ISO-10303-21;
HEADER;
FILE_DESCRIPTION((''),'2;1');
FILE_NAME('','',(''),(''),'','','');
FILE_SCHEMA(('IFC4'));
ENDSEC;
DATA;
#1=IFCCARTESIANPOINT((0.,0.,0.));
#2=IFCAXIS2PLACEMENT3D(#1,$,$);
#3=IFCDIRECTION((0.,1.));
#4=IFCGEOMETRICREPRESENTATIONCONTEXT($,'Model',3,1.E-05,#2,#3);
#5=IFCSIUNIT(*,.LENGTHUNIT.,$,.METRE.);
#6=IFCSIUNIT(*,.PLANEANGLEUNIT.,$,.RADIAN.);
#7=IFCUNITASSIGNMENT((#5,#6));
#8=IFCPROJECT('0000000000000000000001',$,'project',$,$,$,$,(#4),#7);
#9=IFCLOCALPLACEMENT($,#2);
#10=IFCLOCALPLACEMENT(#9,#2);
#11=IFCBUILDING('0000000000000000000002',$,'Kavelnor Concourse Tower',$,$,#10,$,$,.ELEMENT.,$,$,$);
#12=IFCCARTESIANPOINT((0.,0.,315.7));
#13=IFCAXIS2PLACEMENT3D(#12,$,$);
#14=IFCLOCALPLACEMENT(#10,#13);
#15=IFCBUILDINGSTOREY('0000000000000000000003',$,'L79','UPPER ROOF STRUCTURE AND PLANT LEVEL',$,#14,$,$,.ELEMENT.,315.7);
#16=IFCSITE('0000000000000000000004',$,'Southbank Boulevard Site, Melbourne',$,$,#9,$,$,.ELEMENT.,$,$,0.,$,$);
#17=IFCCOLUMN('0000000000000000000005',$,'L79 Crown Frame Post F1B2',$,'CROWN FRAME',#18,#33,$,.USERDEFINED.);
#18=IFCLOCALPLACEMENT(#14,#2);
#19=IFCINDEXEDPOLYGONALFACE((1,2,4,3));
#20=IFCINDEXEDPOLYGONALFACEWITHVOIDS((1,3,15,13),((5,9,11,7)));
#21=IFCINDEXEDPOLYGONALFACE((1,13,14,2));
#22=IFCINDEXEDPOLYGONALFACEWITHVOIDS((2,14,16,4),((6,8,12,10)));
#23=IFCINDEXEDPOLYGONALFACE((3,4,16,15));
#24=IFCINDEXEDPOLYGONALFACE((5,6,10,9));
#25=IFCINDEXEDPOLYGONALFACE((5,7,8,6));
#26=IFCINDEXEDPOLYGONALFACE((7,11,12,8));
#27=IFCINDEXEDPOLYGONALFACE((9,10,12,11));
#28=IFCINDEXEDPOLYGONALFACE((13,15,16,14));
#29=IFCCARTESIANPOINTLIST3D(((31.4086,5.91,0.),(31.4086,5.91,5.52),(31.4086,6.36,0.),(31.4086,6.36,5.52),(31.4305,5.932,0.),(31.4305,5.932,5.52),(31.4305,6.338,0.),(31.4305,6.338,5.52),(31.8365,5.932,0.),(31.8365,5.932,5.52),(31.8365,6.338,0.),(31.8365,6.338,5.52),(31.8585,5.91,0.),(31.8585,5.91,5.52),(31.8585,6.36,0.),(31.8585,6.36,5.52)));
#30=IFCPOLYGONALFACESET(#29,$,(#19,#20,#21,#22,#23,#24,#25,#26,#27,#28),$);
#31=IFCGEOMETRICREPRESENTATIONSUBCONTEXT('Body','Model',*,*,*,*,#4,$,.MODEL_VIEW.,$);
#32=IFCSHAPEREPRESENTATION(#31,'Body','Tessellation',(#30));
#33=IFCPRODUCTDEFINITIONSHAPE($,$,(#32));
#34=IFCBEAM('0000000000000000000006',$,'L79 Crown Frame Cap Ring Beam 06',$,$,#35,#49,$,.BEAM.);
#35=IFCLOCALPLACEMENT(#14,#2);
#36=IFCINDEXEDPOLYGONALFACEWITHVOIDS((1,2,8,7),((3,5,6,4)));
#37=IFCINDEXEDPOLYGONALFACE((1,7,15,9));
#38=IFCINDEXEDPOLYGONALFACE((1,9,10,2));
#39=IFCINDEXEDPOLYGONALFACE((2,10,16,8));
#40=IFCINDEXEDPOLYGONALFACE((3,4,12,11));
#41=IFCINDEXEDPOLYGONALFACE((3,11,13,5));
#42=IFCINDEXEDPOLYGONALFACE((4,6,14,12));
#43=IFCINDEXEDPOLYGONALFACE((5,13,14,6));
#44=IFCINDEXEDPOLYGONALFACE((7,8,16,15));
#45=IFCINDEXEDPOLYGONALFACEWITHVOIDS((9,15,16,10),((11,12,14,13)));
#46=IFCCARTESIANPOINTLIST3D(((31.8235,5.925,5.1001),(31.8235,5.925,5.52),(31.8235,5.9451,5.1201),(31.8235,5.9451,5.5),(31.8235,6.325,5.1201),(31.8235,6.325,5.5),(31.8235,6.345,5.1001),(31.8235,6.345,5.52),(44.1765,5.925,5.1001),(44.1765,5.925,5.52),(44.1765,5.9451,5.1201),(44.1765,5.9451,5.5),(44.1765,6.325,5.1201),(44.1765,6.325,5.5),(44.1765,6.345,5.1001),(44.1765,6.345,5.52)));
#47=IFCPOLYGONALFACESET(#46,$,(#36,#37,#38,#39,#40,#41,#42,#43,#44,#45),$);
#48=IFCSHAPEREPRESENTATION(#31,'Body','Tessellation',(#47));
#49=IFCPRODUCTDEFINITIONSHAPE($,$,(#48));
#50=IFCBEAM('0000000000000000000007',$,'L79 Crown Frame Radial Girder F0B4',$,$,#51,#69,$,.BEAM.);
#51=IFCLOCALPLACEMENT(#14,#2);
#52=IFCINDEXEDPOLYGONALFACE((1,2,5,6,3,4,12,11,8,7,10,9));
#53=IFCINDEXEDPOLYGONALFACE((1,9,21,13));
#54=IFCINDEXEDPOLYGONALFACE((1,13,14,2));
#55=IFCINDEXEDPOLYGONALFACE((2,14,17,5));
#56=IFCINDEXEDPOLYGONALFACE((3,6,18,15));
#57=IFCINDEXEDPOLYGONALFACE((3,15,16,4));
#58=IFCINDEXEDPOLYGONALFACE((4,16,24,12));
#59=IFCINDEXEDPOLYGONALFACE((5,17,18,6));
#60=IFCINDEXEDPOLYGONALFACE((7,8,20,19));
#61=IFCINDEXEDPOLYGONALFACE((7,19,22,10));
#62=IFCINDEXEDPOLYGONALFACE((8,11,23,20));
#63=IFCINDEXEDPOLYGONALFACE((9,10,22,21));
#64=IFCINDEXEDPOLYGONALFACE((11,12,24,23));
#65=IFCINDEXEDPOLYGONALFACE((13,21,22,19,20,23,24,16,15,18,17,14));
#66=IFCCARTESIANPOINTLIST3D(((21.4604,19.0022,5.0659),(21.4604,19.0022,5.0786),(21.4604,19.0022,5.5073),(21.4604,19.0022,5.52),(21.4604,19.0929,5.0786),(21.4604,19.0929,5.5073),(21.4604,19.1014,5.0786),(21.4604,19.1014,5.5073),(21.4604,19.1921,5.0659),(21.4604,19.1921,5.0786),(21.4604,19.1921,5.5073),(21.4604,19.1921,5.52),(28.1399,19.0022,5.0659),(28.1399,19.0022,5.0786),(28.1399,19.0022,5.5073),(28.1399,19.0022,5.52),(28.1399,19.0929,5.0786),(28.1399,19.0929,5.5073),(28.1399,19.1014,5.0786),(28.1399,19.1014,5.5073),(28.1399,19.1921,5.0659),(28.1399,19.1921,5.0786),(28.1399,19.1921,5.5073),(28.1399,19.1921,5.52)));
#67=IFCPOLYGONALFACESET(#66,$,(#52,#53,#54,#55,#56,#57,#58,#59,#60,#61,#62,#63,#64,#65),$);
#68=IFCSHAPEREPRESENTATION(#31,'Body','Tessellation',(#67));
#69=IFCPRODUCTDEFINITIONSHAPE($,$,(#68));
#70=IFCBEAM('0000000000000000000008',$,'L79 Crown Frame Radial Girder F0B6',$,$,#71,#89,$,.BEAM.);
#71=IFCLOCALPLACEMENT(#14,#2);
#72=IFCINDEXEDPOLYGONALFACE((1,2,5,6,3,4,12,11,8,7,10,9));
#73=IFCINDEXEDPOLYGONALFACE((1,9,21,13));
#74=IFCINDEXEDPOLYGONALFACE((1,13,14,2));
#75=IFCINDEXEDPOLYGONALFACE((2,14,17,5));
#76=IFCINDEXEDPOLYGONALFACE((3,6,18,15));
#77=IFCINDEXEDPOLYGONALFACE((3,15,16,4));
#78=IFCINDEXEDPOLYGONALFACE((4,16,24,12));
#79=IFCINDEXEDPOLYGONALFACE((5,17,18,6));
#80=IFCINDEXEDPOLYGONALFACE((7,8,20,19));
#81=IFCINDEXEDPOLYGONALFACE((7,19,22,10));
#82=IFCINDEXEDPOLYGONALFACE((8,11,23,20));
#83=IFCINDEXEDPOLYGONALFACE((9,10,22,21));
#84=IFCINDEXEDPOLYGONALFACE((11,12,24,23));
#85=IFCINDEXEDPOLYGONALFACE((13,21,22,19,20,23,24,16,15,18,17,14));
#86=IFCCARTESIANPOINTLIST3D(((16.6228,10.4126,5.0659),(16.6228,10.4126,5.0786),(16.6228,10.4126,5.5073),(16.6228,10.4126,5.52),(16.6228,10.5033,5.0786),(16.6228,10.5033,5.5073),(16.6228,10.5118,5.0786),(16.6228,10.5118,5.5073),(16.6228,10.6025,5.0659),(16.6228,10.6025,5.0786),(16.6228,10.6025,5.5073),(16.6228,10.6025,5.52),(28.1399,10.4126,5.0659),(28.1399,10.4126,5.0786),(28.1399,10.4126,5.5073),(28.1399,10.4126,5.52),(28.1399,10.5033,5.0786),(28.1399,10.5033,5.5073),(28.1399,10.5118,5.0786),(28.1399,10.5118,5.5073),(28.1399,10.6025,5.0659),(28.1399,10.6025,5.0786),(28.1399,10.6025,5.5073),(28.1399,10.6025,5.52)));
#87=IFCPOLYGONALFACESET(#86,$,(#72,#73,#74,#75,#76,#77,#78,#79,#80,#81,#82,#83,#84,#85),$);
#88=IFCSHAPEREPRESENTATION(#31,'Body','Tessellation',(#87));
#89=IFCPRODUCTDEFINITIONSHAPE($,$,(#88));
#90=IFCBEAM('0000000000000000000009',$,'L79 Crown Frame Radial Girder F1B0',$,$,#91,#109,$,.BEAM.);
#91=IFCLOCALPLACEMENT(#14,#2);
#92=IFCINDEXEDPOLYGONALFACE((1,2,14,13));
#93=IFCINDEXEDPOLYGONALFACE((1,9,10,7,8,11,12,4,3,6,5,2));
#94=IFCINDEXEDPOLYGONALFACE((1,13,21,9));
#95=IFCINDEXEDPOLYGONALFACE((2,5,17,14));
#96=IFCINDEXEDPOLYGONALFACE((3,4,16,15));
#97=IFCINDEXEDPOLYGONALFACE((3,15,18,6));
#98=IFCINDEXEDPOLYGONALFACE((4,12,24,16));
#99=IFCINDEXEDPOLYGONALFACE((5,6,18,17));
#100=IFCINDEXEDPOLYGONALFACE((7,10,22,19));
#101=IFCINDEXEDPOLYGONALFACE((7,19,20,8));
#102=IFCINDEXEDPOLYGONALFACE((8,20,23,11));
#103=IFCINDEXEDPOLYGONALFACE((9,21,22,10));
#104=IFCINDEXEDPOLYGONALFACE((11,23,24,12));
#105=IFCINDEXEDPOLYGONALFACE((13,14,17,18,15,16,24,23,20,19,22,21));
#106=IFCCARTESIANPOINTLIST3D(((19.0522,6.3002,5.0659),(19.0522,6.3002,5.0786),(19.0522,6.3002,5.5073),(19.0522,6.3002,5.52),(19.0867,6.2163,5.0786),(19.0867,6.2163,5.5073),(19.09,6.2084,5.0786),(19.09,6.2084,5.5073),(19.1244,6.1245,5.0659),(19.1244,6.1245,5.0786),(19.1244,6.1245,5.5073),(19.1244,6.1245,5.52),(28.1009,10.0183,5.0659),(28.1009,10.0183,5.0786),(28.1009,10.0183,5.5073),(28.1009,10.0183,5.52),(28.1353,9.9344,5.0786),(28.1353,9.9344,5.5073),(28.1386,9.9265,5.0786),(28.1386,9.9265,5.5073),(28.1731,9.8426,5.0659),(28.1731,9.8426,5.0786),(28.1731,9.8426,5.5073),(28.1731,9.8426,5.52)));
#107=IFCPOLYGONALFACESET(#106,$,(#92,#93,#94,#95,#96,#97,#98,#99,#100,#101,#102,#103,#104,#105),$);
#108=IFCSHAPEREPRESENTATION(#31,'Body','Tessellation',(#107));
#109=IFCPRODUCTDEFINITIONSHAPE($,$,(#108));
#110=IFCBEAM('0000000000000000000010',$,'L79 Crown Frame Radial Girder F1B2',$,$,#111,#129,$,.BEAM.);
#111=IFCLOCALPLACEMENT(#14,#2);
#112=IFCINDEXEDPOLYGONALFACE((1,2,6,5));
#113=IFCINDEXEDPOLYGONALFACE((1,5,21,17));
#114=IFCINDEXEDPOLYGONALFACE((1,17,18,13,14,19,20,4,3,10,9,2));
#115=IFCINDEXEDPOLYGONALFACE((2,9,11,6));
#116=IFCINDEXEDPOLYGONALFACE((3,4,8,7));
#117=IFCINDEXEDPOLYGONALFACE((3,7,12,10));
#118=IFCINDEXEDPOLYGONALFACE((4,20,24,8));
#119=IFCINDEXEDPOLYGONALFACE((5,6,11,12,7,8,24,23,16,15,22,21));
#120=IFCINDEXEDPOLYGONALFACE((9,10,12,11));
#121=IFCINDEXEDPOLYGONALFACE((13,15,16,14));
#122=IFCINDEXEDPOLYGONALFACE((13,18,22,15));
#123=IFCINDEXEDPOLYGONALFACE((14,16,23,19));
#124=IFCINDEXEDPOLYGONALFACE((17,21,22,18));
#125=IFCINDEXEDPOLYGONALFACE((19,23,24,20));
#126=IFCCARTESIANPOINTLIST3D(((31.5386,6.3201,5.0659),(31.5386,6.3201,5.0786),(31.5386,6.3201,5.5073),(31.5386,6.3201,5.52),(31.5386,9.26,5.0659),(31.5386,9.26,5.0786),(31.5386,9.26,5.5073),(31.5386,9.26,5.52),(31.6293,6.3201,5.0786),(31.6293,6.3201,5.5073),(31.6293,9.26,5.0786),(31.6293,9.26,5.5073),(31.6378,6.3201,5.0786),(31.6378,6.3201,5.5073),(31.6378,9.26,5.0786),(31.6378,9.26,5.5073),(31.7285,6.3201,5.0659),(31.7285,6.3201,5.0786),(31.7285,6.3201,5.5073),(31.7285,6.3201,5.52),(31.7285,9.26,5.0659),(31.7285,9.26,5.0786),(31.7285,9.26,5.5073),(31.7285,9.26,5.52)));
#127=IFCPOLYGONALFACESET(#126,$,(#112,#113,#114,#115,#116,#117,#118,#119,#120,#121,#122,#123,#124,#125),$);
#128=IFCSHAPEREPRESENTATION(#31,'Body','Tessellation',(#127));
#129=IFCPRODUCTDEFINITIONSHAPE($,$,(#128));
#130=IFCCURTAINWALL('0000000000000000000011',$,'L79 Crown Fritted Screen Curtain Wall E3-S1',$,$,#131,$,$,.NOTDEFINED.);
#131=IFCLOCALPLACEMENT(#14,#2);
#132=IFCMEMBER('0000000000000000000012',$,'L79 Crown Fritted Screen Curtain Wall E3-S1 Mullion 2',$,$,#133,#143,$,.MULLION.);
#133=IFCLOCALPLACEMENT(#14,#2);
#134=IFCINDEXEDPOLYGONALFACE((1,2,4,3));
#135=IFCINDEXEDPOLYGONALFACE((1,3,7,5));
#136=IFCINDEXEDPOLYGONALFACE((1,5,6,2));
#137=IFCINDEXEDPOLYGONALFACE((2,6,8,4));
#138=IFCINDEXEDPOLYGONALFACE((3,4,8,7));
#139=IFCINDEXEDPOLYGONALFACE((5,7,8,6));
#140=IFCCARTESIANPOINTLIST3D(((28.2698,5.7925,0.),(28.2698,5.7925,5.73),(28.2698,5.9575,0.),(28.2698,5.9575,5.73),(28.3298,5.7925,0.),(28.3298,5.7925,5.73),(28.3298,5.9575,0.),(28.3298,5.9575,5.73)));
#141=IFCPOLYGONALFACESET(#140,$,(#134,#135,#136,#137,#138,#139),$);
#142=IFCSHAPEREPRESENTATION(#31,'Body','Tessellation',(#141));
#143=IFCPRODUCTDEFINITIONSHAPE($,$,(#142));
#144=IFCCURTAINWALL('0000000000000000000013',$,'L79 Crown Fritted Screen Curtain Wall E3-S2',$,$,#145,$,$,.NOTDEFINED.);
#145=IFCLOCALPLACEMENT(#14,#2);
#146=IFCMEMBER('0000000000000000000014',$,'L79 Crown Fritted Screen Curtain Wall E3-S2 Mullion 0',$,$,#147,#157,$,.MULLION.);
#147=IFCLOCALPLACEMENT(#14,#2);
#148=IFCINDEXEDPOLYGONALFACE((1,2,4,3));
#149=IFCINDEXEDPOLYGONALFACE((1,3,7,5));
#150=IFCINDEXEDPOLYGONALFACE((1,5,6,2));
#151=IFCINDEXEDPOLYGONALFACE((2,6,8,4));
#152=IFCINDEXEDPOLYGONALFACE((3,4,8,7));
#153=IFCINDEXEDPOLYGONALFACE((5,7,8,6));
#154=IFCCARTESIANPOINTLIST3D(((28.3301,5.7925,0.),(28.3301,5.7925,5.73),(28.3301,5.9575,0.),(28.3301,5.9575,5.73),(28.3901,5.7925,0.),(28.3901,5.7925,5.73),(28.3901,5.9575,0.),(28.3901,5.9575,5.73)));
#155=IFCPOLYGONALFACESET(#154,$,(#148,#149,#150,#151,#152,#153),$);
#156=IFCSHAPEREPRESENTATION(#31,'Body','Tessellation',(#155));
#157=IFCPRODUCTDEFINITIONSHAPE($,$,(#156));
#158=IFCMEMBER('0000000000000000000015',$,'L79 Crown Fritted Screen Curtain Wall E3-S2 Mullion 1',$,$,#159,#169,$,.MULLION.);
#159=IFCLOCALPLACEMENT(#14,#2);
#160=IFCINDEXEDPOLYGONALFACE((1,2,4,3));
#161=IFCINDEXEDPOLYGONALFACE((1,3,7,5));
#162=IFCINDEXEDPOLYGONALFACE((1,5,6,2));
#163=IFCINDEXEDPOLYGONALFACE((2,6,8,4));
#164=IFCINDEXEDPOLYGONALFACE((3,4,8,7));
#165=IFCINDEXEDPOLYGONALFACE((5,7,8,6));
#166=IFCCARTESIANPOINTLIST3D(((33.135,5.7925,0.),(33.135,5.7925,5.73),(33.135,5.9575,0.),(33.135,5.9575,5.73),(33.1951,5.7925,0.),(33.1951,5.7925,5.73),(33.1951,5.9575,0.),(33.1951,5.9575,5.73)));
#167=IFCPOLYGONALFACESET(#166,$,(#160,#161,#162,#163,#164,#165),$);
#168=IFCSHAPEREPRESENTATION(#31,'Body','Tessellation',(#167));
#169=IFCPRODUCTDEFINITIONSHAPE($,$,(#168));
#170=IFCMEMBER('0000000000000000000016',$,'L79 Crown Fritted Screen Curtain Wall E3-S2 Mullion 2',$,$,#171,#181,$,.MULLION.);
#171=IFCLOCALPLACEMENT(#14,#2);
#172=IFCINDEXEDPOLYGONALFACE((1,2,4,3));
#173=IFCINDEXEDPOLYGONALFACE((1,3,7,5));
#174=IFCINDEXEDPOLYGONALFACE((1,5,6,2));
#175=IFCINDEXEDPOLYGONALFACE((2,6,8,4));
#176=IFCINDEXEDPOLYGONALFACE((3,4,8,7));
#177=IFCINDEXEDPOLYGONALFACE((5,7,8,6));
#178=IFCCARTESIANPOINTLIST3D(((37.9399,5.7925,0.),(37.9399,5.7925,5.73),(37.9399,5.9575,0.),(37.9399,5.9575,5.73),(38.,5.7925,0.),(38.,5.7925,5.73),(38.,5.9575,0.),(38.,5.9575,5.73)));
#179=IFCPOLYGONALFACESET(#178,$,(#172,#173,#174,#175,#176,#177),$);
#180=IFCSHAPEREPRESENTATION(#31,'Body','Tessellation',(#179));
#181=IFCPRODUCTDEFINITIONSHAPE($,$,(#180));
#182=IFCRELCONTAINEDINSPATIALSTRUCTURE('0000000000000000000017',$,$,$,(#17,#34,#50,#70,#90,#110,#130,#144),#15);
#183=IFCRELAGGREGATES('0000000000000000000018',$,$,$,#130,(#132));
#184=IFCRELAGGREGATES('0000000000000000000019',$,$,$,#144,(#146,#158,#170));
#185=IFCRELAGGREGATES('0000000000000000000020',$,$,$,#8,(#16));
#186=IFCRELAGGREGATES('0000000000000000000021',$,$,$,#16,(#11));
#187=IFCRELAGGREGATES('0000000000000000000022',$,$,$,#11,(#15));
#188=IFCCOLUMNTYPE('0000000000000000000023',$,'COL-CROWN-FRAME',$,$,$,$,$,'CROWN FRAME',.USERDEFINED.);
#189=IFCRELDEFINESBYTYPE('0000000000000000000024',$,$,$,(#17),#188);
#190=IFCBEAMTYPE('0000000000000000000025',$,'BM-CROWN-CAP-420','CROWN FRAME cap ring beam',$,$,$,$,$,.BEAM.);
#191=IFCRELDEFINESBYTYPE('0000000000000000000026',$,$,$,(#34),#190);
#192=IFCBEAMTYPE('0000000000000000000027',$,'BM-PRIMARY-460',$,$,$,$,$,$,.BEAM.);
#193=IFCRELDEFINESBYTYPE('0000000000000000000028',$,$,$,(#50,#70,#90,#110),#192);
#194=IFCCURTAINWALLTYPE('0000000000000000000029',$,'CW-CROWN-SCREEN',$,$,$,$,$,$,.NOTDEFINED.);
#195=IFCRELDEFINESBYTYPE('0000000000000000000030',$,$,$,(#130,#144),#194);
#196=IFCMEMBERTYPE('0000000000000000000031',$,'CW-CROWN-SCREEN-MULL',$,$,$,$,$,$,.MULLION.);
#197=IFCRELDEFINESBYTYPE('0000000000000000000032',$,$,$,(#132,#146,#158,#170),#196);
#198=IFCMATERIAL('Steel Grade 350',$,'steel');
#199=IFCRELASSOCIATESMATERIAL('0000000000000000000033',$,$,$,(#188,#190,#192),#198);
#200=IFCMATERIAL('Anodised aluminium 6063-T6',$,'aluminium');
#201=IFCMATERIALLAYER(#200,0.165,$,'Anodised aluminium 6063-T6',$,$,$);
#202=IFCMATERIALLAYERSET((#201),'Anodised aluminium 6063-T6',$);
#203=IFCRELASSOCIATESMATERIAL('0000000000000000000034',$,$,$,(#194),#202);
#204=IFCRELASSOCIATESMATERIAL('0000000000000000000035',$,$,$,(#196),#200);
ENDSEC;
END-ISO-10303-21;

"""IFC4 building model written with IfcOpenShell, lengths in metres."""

from ifc_helpers import new_model, si_unit, direction, frame, origin, origin_2d, place, context, subcontext, project, spatial, rectangle, hollow_rectangle, i_section, extrude, material, layer, layer_set, material_profile, profile_set, type_object, element, aggregate, save


model = new_model("IFC4")

# Units and contexts
model_context = context("Model", 3, precision=1e-05, world=origin(), true_north=direction((0.0, 1.0)))
body_context = subcontext(model_context, "Body", "Model", "MODEL_VIEW")
ifc_project = project(units=[si_unit("LENGTHUNIT", "METRE"), si_unit("PLANEANGLEUNIT", "RADIAN")], contexts=[model_context])

# Site, building, storey
site_placement = place(None, origin())
site = spatial("IfcSite", under=ifc_project, at=site_placement, Name="Southbank Boulevard Site, Melbourne", CompositionType="ELEMENT", RefElevation=0.0)
building_placement = place(site_placement, origin())
building = spatial("IfcBuilding", under=site, at=building_placement, Name="Kavelnor Concourse Tower", CompositionType="ELEMENT")
storey_placement = place(building_placement, frame((0.0, 0.0, 315.7)))
storey = spatial("IfcBuildingStorey", under=building, at=storey_placement, Name="L79", Description="UPPER ROOF STRUCTURE AND PLANT LEVEL", CompositionType="ELEMENT", Elevation=315.7)

# Column
ifc_material_1 = material(Name="Steel Grade 350", Category="steel")
ifc_material_profile_1 = material_profile(ifc_material_1, hollow_rectangle(XDim=0.45, YDim=0.45, WallThickness=0.022, at=origin_2d()), Name="SHS 450x450x22")
ifc_profile_set_1 = profile_set([ifc_material_profile_1], Name="Steel Grade 350")
column_type = type_object("IfcColumnType", Name="COL-CROWN-FRAME", ElementType="CROWN FRAME", PredefinedType="USERDEFINED", material=ifc_profile_set_1)
column_placement = place(storey_placement, frame((31.6335, 6.135, 0.0), z_axis=(0.0, 0.0, 1.0), x_axis=(1.0, 0.0, 0.0)))
element("IfcColumn", 1, at=column_placement, inside=storey, type_object=column_type, Name="L79 Crown Frame Post F1B2", ObjectType="CROWN FRAME", PredefinedType="USERDEFINED", context=body_context, shape_type="SweptSolid", body=[
    extrude(hollow_rectangle(XDim=0.45, YDim=0.45, WallThickness=0.022, at=origin_2d()), origin(), (0.0, 0.0, 1.0), 5.52),
])

# Beams
ifc_material_profile_2 = material_profile(ifc_material_1, hollow_rectangle(XDim=0.4199, YDim=0.4199, WallThickness=0.02, at=origin_2d()), Name="RHS 420x420x20")
ifc_profile_set_2 = profile_set([ifc_material_profile_2], Name="Steel Grade 350")
beam_type_1 = type_object("IfcBeamType", Name="BM-CROWN-CAP-420", Description="CROWN FRAME cap ring beam", PredefinedType="BEAM", material=ifc_profile_set_2)
beam_1_placement = place(storey_placement, frame((31.8235, 6.135, 5.3101), z_axis=(1.0, 0.0, 0.0), x_axis=(0.0, 1.0, 0.0)))
element("IfcBeam", 2, at=beam_1_placement, inside=storey, type_object=beam_type_1, Name="L79 Crown Frame Cap Ring Beam 06", PredefinedType="BEAM", context=body_context, shape_type="SweptSolid", body=[
    extrude(hollow_rectangle(XDim=0.4199, YDim=0.4199, WallThickness=0.02, at=origin_2d()), origin(), (0.0, 0.0, 1.0), 12.353),
])
ifc_material_profile_3 = material_profile(ifc_material_1, i_section(OverallWidth=0.1899, OverallDepth=0.4541, WebThickness=0.0085, FlangeThickness=0.0127, at=origin_2d()), Name="460UB67")
ifc_profile_set_3 = profile_set([ifc_material_profile_3], Name="Steel Grade 350")
beam_type_2 = type_object("IfcBeamType", Name="BM-PRIMARY-460", PredefinedType="BEAM", material=ifc_profile_set_3)
beam_2_placement = place(storey_placement, frame((28.1399, 19.0972, 5.293), z_axis=(-1.0, 0.0, 0.0), x_axis=(0.0, -1.0, 0.0)))
element("IfcBeam", 3, at=beam_2_placement, inside=storey, type_object=beam_type_2, Name="L79 Crown Frame Radial Girder F0B4", PredefinedType="BEAM", context=body_context, shape_type="SweptSolid", body=[
    extrude(i_section(OverallWidth=0.1899, OverallDepth=0.4541, WebThickness=0.0085, FlangeThickness=0.0127, at=origin_2d()), origin(), (0.0, 0.0, 1.0), 6.6794),
])
beam_3_placement = place(storey_placement, frame((28.1399, 10.5076, 5.293), z_axis=(-1.0, 0.0, 0.0), x_axis=(0.0, -1.0, 0.0)))
element("IfcBeam", 4, at=beam_3_placement, inside=storey, type_object=beam_type_2, Name="L79 Crown Frame Radial Girder F0B6", PredefinedType="BEAM", context=body_context, shape_type="SweptSolid", body=[
    extrude(i_section(OverallWidth=0.1899, OverallDepth=0.4541, WebThickness=0.0085, FlangeThickness=0.0127, at=origin_2d()), origin(), (0.0, 0.0, 1.0), 11.5171),
])
beam_4_placement = place(storey_placement, frame((28.137, 9.9304, 5.293), z_axis=(-0.924961, -0.380062, 0.0), x_axis=(0.380062, -0.924961, 0.0)))
element("IfcBeam", 5, at=beam_4_placement, inside=storey, type_object=beam_type_2, Name="L79 Crown Frame Radial Girder F1B0", PredefinedType="BEAM", context=body_context, shape_type="SweptSolid", body=[
    extrude(i_section(OverallWidth=0.1899, OverallDepth=0.4541, WebThickness=0.0085, FlangeThickness=0.0127, at=origin_2d()), origin(), (0.0, 0.0, 1.0), 9.7827),
])
beam_5_placement = place(storey_placement, frame((31.6335, 9.26, 5.293), z_axis=(0.0, -1.0, 0.0), x_axis=(1.0, 0.0, 0.0)))
element("IfcBeam", 6, at=beam_5_placement, inside=storey, type_object=beam_type_2, Name="L79 Crown Frame Radial Girder F1B2", PredefinedType="BEAM", context=body_context, shape_type="SweptSolid", body=[
    extrude(i_section(OverallWidth=0.1899, OverallDepth=0.4541, WebThickness=0.0085, FlangeThickness=0.0127, at=origin_2d()), origin(), (0.0, 0.0, 1.0), 2.9399),
])

# Curtain wall, member
ifc_material_2 = material(Name="Anodised aluminium 6063-T6", Category="aluminium")
ifc_layer_1 = layer(ifc_material_2, 0.165, Name="Anodised aluminium 6063-T6")
ifc_layer_set_1 = layer_set([ifc_layer_1], Name="Anodised aluminium 6063-T6")
curtain_wall_type = type_object("IfcCurtainWallType", Name="CW-CROWN-SCREEN", PredefinedType="NOTDEFINED", material=ifc_layer_set_1)
curtain_wall_1_placement = place(storey_placement, origin())
curtain_wall_1 = element("IfcCurtainWall", 7, at=curtain_wall_1_placement, inside=storey, type_object=curtain_wall_type, Name="L79 Crown Fritted Screen Curtain Wall E3-S1", PredefinedType="NOTDEFINED")
ifc_material_profile_4 = material_profile(ifc_material_2, rectangle(XDim=0.0601, YDim=0.165, at=origin_2d()), Name="AL-MULL 60x165")
ifc_profile_set_4 = profile_set([ifc_material_profile_4], Name="Anodised aluminium 6063-T6")
member_type_1 = type_object("IfcMemberType", Name="CW-CROWN-SCREEN-MULL", PredefinedType="MULLION", material=ifc_profile_set_4)
member_1_placement = place(storey_placement, frame((28.2998, 5.875, 0.0), z_axis=(0.0, 0.0, 1.0), x_axis=(1.0, 0.0, 0.0)))
member_1 = element("IfcMember", 8, at=member_1_placement, type_object=member_type_1, Name="L79 Crown Fritted Screen Curtain Wall E3-S1 Mullion 2", PredefinedType="MULLION", context=body_context, shape_type="SweptSolid", body=[
    extrude(rectangle(XDim=0.0601, YDim=0.165, at=origin_2d()), origin(), (0.0, 0.0, 1.0), 5.73),
])
aggregate(curtain_wall_1, [member_1])

# Curtain wall, members
curtain_wall_2_placement = place(storey_placement, origin())
curtain_wall_2 = element("IfcCurtainWall", 9, at=curtain_wall_2_placement, inside=storey, type_object=curtain_wall_type, Name="L79 Crown Fritted Screen Curtain Wall E3-S2", PredefinedType="NOTDEFINED")
member_2_placement = place(storey_placement, frame((28.3601, 5.875, 0.0), z_axis=(0.0, 0.0, 1.0), x_axis=(1.0, 0.0, 0.0)))
member_2 = element("IfcMember", 10, at=member_2_placement, type_object=member_type_1, Name="L79 Crown Fritted Screen Curtain Wall E3-S2 Mullion 0", PredefinedType="MULLION", context=body_context, shape_type="SweptSolid", body=[
    extrude(rectangle(XDim=0.0601, YDim=0.165, at=origin_2d()), origin(), (0.0, 0.0, 1.0), 5.73),
])
member_3_placement = place(storey_placement, frame((33.165, 5.875, 0.0), z_axis=(0.0, 0.0, 1.0), x_axis=(1.0, 0.0, 0.0)))
member_3 = element("IfcMember", 11, at=member_3_placement, type_object=member_type_1, Name="L79 Crown Fritted Screen Curtain Wall E3-S2 Mullion 1", PredefinedType="MULLION", context=body_context, shape_type="SweptSolid", body=[
    extrude(rectangle(XDim=0.0601, YDim=0.165, at=origin_2d()), origin(), (0.0, 0.0, 1.0), 5.73),
])
member_4_placement = place(storey_placement, frame((37.97, 5.875, 0.0), z_axis=(0.0, 0.0, 1.0), x_axis=(1.0, 0.0, 0.0)))
member_4 = element("IfcMember", 12, at=member_4_placement, type_object=member_type_1, Name="L79 Crown Fritted Screen Curtain Wall E3-S2 Mullion 2", PredefinedType="MULLION", context=body_context, shape_type="SweptSolid", body=[
    extrude(rectangle(XDim=0.0601, YDim=0.165, at=origin_2d()), origin(), (0.0, 0.0, 1.0), 5.73),
])

aggregate(curtain_wall_2, [member_2, member_3, member_4])

save(model, "model.ifc")
